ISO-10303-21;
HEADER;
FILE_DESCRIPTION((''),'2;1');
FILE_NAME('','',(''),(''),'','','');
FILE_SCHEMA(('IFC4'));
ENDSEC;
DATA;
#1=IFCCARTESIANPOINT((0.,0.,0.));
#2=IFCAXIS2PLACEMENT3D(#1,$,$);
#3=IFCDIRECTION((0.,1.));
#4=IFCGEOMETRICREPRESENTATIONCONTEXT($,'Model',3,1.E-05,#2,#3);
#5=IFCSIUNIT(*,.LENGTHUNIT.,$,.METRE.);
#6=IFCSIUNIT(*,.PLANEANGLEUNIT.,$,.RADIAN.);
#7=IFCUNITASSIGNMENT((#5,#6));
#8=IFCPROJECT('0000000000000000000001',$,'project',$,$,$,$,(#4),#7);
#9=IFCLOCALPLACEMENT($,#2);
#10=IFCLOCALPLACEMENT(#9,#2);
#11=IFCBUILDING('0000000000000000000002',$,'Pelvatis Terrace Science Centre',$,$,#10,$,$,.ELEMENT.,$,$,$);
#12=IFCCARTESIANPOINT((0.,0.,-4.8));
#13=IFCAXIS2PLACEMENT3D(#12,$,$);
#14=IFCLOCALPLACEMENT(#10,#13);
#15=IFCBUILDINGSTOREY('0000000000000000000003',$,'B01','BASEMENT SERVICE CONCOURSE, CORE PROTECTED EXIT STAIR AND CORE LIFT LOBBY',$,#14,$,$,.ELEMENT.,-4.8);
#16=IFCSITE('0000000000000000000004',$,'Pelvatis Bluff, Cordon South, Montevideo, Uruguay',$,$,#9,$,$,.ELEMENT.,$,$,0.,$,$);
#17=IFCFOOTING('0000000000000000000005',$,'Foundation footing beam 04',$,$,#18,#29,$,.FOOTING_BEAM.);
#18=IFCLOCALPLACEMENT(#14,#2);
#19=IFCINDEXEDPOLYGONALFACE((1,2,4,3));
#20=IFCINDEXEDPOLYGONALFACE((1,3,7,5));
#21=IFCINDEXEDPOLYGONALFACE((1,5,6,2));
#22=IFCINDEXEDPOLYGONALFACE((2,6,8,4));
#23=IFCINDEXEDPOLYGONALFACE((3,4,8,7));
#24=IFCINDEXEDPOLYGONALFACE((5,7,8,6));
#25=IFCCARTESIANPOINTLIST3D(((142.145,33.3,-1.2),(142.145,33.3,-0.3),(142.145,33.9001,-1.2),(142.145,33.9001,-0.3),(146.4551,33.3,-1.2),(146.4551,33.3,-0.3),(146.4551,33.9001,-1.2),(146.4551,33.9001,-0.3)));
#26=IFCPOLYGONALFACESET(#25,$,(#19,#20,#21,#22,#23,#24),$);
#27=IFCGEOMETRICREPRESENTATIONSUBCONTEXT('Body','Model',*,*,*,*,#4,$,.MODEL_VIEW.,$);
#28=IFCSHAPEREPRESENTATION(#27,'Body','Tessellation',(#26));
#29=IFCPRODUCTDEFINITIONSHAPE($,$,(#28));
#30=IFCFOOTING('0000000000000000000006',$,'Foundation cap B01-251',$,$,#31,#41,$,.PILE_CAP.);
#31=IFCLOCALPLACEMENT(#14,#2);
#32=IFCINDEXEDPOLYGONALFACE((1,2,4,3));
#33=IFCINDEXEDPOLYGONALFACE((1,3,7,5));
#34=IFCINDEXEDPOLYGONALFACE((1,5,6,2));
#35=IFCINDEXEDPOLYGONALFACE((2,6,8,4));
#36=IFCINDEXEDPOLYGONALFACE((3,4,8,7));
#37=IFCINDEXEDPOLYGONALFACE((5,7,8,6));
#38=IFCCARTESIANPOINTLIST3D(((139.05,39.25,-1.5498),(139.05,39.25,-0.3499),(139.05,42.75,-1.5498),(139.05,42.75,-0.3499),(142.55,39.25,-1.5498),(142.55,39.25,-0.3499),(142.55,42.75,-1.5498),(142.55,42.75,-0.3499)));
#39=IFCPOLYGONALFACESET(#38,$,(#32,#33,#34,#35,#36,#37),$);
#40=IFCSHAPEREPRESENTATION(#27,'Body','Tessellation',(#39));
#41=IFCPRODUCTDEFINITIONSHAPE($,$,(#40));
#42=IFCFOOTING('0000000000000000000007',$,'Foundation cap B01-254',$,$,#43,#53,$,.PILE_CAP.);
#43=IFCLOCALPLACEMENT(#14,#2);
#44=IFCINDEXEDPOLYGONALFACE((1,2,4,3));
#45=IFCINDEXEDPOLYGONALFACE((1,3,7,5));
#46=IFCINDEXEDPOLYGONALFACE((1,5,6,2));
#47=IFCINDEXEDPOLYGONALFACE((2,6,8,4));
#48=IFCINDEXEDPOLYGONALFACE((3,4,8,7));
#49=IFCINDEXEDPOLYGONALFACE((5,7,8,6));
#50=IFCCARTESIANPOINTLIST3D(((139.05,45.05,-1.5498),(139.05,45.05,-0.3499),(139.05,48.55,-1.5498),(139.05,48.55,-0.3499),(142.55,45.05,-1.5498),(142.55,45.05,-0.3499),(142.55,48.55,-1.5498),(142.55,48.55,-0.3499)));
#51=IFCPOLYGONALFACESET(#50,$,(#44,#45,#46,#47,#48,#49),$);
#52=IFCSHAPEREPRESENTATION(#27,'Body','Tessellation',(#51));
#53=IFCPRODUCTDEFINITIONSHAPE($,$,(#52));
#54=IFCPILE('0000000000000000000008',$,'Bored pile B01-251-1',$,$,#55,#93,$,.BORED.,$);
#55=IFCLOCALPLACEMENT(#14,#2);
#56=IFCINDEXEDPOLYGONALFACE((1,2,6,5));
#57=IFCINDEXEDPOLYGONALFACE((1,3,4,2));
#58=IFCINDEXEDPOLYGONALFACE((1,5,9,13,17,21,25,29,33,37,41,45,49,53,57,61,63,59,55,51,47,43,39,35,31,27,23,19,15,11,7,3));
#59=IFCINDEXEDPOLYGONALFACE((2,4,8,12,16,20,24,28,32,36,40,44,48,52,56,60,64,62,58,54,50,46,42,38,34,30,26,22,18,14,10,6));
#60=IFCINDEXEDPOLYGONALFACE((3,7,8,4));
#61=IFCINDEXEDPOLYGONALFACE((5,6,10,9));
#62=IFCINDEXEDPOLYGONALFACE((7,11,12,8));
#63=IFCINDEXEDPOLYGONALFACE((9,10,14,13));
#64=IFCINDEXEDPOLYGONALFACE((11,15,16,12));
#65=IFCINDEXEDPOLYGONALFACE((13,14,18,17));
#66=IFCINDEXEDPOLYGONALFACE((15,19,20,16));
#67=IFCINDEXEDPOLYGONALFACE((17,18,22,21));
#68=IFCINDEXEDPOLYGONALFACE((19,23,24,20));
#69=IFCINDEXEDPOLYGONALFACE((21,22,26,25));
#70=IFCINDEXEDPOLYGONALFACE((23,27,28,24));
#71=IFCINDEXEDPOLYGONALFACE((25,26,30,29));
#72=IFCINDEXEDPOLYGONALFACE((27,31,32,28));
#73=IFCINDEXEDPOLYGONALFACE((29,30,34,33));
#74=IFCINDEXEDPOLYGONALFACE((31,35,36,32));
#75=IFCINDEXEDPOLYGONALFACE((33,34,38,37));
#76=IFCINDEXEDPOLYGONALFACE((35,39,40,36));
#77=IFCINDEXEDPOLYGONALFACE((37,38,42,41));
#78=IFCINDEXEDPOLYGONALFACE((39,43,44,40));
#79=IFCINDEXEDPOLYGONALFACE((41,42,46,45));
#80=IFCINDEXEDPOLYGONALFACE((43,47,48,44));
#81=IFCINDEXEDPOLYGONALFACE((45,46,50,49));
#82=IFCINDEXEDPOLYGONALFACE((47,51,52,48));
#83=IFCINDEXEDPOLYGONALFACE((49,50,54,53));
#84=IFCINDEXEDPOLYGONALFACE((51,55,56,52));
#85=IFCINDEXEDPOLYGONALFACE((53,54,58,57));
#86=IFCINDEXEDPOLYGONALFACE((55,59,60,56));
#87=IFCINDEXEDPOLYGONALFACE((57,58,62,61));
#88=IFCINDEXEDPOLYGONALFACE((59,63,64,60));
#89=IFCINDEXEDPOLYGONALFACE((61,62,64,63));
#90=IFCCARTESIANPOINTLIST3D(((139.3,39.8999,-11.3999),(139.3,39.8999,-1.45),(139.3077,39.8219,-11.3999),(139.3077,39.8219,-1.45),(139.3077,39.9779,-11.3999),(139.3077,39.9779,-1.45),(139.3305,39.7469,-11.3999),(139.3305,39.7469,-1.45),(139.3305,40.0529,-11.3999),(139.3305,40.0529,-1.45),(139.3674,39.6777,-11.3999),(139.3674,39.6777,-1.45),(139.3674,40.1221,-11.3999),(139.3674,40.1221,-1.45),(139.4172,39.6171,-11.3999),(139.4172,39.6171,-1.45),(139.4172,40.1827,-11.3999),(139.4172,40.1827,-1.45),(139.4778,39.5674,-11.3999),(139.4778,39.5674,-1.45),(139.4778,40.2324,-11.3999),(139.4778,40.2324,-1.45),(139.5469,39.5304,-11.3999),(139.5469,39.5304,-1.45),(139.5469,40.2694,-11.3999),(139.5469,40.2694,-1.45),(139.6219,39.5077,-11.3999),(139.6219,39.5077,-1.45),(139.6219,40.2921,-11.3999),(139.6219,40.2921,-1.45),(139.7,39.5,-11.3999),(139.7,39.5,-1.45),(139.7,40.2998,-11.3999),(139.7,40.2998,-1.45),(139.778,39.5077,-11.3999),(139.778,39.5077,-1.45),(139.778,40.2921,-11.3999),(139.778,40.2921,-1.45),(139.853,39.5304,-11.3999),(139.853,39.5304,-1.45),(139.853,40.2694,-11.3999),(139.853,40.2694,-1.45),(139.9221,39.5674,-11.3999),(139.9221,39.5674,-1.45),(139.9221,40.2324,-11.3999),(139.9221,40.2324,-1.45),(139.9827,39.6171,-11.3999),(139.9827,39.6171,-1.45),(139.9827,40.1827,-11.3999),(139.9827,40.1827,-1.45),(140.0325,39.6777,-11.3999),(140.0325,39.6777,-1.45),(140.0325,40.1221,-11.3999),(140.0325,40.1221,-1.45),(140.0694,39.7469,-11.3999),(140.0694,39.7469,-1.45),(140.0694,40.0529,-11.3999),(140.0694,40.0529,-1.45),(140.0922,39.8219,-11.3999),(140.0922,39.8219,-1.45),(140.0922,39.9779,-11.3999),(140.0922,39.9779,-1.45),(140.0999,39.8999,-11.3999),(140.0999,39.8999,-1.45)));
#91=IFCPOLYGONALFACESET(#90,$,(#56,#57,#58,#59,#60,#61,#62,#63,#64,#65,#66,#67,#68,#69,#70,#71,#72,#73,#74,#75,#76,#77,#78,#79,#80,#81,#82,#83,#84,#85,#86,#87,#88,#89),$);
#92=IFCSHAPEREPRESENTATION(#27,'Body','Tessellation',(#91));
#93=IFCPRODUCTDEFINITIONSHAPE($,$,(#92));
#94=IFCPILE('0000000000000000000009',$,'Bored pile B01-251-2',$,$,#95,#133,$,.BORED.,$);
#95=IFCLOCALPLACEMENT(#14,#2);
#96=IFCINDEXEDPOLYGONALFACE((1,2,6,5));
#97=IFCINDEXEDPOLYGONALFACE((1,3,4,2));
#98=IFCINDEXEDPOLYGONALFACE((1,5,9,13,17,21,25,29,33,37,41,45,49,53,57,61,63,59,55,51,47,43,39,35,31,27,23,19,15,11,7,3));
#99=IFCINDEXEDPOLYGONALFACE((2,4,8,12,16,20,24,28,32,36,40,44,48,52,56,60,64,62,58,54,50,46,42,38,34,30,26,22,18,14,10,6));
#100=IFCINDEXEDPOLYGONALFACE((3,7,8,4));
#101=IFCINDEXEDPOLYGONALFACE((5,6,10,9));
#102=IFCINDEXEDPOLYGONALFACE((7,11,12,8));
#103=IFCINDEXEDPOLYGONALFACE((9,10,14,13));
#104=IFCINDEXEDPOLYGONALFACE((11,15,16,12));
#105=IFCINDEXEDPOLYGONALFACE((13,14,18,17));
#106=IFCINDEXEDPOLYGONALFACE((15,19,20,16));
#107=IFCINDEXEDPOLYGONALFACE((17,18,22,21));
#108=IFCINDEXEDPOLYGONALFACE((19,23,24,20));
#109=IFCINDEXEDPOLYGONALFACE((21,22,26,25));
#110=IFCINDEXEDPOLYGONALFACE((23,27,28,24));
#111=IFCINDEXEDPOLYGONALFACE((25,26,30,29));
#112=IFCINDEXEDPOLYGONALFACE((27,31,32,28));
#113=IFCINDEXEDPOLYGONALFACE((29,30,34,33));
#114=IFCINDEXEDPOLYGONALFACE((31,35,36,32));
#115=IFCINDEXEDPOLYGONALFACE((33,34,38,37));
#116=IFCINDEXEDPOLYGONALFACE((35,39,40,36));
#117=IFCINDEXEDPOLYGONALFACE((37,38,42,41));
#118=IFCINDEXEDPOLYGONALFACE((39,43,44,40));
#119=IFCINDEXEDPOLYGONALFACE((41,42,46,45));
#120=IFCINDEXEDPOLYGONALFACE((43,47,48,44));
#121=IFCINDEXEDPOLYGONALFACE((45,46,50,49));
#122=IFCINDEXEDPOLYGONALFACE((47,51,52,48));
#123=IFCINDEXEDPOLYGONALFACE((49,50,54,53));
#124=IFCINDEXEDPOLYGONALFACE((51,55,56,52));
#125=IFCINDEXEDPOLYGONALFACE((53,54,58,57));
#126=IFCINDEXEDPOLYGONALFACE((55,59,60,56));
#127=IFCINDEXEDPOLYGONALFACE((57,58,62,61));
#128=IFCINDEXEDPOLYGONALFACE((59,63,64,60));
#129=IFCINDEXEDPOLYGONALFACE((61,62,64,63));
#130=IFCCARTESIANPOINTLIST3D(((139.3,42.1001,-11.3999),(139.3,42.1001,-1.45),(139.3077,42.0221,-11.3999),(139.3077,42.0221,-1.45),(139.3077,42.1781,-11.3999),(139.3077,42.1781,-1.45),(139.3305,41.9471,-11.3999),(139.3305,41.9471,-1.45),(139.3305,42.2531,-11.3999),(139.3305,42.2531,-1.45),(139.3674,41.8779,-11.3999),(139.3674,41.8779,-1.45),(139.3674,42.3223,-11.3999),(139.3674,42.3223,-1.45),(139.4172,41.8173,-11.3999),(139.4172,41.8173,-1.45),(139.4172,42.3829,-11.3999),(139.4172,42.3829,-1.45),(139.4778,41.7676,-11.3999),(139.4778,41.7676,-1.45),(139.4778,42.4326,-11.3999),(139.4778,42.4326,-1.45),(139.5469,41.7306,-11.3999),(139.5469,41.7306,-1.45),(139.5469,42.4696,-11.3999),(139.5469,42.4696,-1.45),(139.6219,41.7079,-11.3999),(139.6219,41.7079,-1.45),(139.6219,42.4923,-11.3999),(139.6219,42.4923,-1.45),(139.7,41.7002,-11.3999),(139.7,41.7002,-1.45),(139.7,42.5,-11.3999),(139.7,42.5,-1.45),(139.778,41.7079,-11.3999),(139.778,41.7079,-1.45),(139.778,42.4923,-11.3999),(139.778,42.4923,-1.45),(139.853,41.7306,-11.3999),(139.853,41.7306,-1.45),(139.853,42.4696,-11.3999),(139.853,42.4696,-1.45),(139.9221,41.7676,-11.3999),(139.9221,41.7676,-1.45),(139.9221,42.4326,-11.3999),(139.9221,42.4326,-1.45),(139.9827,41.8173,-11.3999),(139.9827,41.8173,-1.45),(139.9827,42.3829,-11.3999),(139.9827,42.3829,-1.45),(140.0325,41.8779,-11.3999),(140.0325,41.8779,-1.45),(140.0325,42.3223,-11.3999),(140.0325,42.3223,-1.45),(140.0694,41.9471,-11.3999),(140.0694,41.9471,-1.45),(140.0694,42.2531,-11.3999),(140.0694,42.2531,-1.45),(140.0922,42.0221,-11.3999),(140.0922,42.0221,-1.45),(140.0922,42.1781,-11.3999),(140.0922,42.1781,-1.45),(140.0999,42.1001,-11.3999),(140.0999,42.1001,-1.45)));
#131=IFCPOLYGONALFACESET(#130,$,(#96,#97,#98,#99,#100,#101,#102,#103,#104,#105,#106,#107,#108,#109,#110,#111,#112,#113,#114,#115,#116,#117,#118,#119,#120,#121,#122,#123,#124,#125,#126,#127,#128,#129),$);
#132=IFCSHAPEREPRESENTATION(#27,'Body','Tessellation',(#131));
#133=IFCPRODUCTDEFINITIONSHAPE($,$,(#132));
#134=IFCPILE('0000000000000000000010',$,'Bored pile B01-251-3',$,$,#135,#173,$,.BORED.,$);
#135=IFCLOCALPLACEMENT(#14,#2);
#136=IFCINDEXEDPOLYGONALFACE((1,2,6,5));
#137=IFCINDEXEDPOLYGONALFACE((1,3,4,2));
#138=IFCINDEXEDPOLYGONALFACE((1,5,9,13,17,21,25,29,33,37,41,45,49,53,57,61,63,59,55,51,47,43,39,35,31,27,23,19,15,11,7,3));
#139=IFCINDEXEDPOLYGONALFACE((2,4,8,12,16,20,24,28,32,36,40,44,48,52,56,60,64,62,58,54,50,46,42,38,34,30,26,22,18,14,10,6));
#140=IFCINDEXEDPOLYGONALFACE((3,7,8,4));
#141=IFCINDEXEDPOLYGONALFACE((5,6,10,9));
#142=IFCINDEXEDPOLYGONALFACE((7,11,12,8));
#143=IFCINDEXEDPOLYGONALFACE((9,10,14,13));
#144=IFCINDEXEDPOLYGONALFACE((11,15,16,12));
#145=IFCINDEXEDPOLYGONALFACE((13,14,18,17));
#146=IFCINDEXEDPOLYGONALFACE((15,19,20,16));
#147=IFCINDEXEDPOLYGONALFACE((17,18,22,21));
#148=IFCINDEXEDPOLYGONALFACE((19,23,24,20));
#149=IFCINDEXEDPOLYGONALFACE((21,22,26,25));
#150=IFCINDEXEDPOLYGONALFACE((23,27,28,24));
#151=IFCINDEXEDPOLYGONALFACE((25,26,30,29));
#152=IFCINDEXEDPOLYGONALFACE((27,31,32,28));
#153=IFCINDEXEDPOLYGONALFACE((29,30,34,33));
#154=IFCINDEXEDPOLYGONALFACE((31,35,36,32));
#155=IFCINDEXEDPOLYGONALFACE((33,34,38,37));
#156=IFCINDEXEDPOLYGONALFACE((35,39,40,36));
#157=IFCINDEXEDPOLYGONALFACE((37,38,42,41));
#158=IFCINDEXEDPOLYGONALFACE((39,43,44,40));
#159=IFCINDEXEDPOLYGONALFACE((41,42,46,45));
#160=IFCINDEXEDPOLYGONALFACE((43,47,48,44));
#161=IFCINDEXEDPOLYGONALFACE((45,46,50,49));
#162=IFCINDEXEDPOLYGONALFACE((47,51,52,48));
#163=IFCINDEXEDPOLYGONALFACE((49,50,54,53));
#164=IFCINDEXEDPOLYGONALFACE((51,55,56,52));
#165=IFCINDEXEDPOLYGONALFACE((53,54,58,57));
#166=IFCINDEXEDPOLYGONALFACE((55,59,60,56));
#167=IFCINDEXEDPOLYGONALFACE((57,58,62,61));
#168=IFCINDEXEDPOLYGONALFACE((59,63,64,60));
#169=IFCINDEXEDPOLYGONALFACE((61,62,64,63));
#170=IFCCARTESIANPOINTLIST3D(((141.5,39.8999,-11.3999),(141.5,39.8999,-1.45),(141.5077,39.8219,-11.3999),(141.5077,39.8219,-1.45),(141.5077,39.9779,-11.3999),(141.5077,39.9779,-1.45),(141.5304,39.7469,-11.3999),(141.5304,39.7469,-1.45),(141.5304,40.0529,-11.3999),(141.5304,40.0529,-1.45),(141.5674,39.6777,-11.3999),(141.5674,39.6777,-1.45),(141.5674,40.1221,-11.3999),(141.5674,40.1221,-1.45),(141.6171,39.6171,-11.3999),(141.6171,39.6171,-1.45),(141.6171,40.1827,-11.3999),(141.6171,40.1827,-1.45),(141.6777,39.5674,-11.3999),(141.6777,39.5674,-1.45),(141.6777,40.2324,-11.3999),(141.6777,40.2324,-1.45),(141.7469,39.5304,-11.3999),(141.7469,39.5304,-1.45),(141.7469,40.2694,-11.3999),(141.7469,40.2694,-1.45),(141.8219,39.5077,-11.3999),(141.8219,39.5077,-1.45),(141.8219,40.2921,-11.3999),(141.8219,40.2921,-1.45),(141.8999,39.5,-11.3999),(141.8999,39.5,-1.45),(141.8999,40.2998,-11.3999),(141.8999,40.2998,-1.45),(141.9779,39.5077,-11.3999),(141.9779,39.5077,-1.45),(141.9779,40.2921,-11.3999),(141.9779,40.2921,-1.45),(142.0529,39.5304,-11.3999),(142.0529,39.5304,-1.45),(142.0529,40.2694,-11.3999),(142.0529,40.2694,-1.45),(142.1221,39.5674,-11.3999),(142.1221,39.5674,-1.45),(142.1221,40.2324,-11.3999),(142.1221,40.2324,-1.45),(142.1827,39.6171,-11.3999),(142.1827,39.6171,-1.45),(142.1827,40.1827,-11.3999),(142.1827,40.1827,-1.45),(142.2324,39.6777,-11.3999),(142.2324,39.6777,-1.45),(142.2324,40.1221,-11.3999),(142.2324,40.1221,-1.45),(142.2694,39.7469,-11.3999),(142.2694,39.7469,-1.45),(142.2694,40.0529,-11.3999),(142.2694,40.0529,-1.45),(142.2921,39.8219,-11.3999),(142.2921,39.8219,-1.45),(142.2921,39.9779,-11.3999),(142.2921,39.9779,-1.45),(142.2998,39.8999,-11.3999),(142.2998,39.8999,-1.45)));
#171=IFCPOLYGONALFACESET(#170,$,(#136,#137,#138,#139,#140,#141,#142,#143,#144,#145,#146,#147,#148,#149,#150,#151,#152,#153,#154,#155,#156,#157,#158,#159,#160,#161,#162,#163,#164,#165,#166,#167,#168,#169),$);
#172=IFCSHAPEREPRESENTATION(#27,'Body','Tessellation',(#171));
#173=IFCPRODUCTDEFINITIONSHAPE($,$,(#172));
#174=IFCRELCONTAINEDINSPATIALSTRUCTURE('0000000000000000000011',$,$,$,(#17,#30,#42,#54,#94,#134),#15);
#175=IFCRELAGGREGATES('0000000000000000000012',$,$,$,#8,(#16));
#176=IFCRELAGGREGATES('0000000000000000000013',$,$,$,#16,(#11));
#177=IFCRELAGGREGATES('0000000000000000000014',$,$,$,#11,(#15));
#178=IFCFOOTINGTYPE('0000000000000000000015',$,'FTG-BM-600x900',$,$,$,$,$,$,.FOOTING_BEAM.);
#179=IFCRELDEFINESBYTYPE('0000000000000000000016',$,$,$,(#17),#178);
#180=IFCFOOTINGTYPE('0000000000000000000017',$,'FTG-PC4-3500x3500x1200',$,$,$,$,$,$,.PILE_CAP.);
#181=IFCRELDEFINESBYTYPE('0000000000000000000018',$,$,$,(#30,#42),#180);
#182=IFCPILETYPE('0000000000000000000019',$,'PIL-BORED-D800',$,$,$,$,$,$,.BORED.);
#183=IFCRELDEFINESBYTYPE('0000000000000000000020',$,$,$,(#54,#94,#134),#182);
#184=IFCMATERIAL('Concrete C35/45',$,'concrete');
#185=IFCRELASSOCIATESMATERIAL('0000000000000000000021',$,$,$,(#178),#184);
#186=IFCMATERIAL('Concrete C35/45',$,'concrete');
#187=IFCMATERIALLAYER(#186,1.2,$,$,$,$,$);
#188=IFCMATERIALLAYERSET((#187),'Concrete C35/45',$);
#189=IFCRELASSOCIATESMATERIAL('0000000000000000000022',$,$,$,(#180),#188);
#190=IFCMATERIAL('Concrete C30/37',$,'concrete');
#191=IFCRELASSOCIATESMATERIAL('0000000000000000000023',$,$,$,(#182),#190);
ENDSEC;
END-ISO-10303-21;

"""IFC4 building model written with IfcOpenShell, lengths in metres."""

from ifc_helpers import new_model, si_unit, direction, frame, origin, origin_2d, place, context, subcontext, project, spatial, rectangle, circle, extrude, material, layer, layer_set, material_profile, profile_set, type_object, element, save


model = new_model("IFC4")

# Units and contexts
model_context = context("Model", 3, precision=1e-05, world=origin(), true_north=direction((0.0, 1.0)))
body_context = subcontext(model_context, "Body", "Model", "MODEL_VIEW")
ifc_project = project(units=[si_unit("LENGTHUNIT", "METRE"), si_unit("PLANEANGLEUNIT", "RADIAN")], contexts=[model_context])

# Site, building, storey
site_placement = place(None, origin())
site = spatial("IfcSite", under=ifc_project, at=site_placement, Name="Pelvatis Bluff, Cordon South, Montevideo, Uruguay", CompositionType="ELEMENT", RefElevation=0.0)
building_placement = place(site_placement, origin())
building = spatial("IfcBuilding", under=site, at=building_placement, Name="Pelvatis Terrace Science Centre", CompositionType="ELEMENT")
storey_placement = place(building_placement, frame((0.0, 0.0, -4.8)))
storey = spatial("IfcBuildingStorey", under=building, at=storey_placement, Name="B01", Description="BASEMENT SERVICE CONCOURSE, CORE PROTECTED EXIT STAIR AND CORE LIFT LOBBY", CompositionType="ELEMENT", Elevation=-4.8)

# Footings
ifc_material_1 = material(Name="Concrete C35/45", Category="concrete")
ifc_material_profile_1 = material_profile(ifc_material_1, rectangle(XDim=0.6001, YDim=0.8999, at=origin_2d()), Name="RC-FTB 600x900")
ifc_profile_set_1 = profile_set([ifc_material_profile_1], Name="Concrete C35/45")
footing_type_1 = type_object("IfcFootingType", Name="FTG-BM-600x900", PredefinedType="FOOTING_BEAM", material=ifc_profile_set_1)
footing_placement = place(storey_placement, frame((142.145, 33.6001, -0.75), z_axis=(1.0, 0.0, 0.0), x_axis=(0.0, 1.0, 0.0)))
element("IfcFooting", 1, at=footing_placement, inside=storey, type_object=footing_type_1, Name="Foundation footing beam 04", PredefinedType="FOOTING_BEAM", context=body_context, shape_type="SweptSolid", body=[
    extrude(rectangle(XDim=0.6001, YDim=0.8999, at=origin_2d()), origin(), (0.0, 0.0, 1.0), 4.3101),
])
ifc_material_2 = material(Name="Concrete C35/45", Category="concrete")
ifc_layer_1 = layer(ifc_material_2, 1.2)
ifc_layer_set_1 = layer_set([ifc_layer_1], Name="Concrete C35/45")
footing_type_2 = type_object("IfcFootingType", Name="FTG-PC4-3500x3500x1200", PredefinedType="PILE_CAP", material=ifc_layer_set_1)
for number, where, z_axis, x_axis, name in (
    (2, (140.8, 41.0, -1.5498), (0.0, 0.0, 1.0), (1.0, 0.0, 0.0), "Foundation cap B01-251"),
    (3, (140.8, 46.8, -1.5498), (0.0, 0.0, 1.0), (1.0, 0.0, 0.0), "Foundation cap B01-254"),
):
    element("IfcFooting", number, at=place(storey_placement, frame(where, z_axis=z_axis, x_axis=x_axis)), inside=storey, type_object=footing_type_2, Name=name, PredefinedType="PILE_CAP", context=body_context, shape_type="SweptSolid", body=[
        extrude(rectangle(XDim=3.5, YDim=3.5, at=origin_2d()), origin(), (0.0, 0.0, 1.0), 1.2),
    ])

# Piles
ifc_material_3 = material(Name="Concrete C30/37", Category="concrete")
ifc_material_profile_2 = material_profile(ifc_material_3, circle(Radius=0.3999, at=origin_2d()), Name="PILE D800")
ifc_profile_set_2 = profile_set([ifc_material_profile_2], Name="Concrete C30/37")
pile_type = type_object("IfcPileType", Name="PIL-BORED-D800", PredefinedType="BORED", material=ifc_profile_set_2)
for number, where, z_axis, x_axis, name in (
    (4, (139.7, 39.8999, -1.45), (0.0, 0.0, -1.0), (1.0, 0.0, 0.0), "Bored pile B01-251-1"),
    (5, (139.7, 42.1001, -1.45), (0.0, 0.0, -1.0), (1.0, 0.0, 0.0), "Bored pile B01-251-2"),
    (6, (141.8999, 39.8999, -1.45), (0.0, 0.0, -1.0), (1.0, 0.0, 0.0), "Bored pile B01-251-3"),
):
    element("IfcPile", number, at=place(storey_placement, frame(where, z_axis=z_axis, x_axis=x_axis)), inside=storey, type_object=pile_type, Name=name, PredefinedType="BORED", context=body_context, shape_type="SweptSolid", body=[
        extrude(circle(Radius=0.3999, at=origin_2d()), origin(), (0.0, 0.0, 1.0), 9.95),
    ])

save(model, "model.ifc")
